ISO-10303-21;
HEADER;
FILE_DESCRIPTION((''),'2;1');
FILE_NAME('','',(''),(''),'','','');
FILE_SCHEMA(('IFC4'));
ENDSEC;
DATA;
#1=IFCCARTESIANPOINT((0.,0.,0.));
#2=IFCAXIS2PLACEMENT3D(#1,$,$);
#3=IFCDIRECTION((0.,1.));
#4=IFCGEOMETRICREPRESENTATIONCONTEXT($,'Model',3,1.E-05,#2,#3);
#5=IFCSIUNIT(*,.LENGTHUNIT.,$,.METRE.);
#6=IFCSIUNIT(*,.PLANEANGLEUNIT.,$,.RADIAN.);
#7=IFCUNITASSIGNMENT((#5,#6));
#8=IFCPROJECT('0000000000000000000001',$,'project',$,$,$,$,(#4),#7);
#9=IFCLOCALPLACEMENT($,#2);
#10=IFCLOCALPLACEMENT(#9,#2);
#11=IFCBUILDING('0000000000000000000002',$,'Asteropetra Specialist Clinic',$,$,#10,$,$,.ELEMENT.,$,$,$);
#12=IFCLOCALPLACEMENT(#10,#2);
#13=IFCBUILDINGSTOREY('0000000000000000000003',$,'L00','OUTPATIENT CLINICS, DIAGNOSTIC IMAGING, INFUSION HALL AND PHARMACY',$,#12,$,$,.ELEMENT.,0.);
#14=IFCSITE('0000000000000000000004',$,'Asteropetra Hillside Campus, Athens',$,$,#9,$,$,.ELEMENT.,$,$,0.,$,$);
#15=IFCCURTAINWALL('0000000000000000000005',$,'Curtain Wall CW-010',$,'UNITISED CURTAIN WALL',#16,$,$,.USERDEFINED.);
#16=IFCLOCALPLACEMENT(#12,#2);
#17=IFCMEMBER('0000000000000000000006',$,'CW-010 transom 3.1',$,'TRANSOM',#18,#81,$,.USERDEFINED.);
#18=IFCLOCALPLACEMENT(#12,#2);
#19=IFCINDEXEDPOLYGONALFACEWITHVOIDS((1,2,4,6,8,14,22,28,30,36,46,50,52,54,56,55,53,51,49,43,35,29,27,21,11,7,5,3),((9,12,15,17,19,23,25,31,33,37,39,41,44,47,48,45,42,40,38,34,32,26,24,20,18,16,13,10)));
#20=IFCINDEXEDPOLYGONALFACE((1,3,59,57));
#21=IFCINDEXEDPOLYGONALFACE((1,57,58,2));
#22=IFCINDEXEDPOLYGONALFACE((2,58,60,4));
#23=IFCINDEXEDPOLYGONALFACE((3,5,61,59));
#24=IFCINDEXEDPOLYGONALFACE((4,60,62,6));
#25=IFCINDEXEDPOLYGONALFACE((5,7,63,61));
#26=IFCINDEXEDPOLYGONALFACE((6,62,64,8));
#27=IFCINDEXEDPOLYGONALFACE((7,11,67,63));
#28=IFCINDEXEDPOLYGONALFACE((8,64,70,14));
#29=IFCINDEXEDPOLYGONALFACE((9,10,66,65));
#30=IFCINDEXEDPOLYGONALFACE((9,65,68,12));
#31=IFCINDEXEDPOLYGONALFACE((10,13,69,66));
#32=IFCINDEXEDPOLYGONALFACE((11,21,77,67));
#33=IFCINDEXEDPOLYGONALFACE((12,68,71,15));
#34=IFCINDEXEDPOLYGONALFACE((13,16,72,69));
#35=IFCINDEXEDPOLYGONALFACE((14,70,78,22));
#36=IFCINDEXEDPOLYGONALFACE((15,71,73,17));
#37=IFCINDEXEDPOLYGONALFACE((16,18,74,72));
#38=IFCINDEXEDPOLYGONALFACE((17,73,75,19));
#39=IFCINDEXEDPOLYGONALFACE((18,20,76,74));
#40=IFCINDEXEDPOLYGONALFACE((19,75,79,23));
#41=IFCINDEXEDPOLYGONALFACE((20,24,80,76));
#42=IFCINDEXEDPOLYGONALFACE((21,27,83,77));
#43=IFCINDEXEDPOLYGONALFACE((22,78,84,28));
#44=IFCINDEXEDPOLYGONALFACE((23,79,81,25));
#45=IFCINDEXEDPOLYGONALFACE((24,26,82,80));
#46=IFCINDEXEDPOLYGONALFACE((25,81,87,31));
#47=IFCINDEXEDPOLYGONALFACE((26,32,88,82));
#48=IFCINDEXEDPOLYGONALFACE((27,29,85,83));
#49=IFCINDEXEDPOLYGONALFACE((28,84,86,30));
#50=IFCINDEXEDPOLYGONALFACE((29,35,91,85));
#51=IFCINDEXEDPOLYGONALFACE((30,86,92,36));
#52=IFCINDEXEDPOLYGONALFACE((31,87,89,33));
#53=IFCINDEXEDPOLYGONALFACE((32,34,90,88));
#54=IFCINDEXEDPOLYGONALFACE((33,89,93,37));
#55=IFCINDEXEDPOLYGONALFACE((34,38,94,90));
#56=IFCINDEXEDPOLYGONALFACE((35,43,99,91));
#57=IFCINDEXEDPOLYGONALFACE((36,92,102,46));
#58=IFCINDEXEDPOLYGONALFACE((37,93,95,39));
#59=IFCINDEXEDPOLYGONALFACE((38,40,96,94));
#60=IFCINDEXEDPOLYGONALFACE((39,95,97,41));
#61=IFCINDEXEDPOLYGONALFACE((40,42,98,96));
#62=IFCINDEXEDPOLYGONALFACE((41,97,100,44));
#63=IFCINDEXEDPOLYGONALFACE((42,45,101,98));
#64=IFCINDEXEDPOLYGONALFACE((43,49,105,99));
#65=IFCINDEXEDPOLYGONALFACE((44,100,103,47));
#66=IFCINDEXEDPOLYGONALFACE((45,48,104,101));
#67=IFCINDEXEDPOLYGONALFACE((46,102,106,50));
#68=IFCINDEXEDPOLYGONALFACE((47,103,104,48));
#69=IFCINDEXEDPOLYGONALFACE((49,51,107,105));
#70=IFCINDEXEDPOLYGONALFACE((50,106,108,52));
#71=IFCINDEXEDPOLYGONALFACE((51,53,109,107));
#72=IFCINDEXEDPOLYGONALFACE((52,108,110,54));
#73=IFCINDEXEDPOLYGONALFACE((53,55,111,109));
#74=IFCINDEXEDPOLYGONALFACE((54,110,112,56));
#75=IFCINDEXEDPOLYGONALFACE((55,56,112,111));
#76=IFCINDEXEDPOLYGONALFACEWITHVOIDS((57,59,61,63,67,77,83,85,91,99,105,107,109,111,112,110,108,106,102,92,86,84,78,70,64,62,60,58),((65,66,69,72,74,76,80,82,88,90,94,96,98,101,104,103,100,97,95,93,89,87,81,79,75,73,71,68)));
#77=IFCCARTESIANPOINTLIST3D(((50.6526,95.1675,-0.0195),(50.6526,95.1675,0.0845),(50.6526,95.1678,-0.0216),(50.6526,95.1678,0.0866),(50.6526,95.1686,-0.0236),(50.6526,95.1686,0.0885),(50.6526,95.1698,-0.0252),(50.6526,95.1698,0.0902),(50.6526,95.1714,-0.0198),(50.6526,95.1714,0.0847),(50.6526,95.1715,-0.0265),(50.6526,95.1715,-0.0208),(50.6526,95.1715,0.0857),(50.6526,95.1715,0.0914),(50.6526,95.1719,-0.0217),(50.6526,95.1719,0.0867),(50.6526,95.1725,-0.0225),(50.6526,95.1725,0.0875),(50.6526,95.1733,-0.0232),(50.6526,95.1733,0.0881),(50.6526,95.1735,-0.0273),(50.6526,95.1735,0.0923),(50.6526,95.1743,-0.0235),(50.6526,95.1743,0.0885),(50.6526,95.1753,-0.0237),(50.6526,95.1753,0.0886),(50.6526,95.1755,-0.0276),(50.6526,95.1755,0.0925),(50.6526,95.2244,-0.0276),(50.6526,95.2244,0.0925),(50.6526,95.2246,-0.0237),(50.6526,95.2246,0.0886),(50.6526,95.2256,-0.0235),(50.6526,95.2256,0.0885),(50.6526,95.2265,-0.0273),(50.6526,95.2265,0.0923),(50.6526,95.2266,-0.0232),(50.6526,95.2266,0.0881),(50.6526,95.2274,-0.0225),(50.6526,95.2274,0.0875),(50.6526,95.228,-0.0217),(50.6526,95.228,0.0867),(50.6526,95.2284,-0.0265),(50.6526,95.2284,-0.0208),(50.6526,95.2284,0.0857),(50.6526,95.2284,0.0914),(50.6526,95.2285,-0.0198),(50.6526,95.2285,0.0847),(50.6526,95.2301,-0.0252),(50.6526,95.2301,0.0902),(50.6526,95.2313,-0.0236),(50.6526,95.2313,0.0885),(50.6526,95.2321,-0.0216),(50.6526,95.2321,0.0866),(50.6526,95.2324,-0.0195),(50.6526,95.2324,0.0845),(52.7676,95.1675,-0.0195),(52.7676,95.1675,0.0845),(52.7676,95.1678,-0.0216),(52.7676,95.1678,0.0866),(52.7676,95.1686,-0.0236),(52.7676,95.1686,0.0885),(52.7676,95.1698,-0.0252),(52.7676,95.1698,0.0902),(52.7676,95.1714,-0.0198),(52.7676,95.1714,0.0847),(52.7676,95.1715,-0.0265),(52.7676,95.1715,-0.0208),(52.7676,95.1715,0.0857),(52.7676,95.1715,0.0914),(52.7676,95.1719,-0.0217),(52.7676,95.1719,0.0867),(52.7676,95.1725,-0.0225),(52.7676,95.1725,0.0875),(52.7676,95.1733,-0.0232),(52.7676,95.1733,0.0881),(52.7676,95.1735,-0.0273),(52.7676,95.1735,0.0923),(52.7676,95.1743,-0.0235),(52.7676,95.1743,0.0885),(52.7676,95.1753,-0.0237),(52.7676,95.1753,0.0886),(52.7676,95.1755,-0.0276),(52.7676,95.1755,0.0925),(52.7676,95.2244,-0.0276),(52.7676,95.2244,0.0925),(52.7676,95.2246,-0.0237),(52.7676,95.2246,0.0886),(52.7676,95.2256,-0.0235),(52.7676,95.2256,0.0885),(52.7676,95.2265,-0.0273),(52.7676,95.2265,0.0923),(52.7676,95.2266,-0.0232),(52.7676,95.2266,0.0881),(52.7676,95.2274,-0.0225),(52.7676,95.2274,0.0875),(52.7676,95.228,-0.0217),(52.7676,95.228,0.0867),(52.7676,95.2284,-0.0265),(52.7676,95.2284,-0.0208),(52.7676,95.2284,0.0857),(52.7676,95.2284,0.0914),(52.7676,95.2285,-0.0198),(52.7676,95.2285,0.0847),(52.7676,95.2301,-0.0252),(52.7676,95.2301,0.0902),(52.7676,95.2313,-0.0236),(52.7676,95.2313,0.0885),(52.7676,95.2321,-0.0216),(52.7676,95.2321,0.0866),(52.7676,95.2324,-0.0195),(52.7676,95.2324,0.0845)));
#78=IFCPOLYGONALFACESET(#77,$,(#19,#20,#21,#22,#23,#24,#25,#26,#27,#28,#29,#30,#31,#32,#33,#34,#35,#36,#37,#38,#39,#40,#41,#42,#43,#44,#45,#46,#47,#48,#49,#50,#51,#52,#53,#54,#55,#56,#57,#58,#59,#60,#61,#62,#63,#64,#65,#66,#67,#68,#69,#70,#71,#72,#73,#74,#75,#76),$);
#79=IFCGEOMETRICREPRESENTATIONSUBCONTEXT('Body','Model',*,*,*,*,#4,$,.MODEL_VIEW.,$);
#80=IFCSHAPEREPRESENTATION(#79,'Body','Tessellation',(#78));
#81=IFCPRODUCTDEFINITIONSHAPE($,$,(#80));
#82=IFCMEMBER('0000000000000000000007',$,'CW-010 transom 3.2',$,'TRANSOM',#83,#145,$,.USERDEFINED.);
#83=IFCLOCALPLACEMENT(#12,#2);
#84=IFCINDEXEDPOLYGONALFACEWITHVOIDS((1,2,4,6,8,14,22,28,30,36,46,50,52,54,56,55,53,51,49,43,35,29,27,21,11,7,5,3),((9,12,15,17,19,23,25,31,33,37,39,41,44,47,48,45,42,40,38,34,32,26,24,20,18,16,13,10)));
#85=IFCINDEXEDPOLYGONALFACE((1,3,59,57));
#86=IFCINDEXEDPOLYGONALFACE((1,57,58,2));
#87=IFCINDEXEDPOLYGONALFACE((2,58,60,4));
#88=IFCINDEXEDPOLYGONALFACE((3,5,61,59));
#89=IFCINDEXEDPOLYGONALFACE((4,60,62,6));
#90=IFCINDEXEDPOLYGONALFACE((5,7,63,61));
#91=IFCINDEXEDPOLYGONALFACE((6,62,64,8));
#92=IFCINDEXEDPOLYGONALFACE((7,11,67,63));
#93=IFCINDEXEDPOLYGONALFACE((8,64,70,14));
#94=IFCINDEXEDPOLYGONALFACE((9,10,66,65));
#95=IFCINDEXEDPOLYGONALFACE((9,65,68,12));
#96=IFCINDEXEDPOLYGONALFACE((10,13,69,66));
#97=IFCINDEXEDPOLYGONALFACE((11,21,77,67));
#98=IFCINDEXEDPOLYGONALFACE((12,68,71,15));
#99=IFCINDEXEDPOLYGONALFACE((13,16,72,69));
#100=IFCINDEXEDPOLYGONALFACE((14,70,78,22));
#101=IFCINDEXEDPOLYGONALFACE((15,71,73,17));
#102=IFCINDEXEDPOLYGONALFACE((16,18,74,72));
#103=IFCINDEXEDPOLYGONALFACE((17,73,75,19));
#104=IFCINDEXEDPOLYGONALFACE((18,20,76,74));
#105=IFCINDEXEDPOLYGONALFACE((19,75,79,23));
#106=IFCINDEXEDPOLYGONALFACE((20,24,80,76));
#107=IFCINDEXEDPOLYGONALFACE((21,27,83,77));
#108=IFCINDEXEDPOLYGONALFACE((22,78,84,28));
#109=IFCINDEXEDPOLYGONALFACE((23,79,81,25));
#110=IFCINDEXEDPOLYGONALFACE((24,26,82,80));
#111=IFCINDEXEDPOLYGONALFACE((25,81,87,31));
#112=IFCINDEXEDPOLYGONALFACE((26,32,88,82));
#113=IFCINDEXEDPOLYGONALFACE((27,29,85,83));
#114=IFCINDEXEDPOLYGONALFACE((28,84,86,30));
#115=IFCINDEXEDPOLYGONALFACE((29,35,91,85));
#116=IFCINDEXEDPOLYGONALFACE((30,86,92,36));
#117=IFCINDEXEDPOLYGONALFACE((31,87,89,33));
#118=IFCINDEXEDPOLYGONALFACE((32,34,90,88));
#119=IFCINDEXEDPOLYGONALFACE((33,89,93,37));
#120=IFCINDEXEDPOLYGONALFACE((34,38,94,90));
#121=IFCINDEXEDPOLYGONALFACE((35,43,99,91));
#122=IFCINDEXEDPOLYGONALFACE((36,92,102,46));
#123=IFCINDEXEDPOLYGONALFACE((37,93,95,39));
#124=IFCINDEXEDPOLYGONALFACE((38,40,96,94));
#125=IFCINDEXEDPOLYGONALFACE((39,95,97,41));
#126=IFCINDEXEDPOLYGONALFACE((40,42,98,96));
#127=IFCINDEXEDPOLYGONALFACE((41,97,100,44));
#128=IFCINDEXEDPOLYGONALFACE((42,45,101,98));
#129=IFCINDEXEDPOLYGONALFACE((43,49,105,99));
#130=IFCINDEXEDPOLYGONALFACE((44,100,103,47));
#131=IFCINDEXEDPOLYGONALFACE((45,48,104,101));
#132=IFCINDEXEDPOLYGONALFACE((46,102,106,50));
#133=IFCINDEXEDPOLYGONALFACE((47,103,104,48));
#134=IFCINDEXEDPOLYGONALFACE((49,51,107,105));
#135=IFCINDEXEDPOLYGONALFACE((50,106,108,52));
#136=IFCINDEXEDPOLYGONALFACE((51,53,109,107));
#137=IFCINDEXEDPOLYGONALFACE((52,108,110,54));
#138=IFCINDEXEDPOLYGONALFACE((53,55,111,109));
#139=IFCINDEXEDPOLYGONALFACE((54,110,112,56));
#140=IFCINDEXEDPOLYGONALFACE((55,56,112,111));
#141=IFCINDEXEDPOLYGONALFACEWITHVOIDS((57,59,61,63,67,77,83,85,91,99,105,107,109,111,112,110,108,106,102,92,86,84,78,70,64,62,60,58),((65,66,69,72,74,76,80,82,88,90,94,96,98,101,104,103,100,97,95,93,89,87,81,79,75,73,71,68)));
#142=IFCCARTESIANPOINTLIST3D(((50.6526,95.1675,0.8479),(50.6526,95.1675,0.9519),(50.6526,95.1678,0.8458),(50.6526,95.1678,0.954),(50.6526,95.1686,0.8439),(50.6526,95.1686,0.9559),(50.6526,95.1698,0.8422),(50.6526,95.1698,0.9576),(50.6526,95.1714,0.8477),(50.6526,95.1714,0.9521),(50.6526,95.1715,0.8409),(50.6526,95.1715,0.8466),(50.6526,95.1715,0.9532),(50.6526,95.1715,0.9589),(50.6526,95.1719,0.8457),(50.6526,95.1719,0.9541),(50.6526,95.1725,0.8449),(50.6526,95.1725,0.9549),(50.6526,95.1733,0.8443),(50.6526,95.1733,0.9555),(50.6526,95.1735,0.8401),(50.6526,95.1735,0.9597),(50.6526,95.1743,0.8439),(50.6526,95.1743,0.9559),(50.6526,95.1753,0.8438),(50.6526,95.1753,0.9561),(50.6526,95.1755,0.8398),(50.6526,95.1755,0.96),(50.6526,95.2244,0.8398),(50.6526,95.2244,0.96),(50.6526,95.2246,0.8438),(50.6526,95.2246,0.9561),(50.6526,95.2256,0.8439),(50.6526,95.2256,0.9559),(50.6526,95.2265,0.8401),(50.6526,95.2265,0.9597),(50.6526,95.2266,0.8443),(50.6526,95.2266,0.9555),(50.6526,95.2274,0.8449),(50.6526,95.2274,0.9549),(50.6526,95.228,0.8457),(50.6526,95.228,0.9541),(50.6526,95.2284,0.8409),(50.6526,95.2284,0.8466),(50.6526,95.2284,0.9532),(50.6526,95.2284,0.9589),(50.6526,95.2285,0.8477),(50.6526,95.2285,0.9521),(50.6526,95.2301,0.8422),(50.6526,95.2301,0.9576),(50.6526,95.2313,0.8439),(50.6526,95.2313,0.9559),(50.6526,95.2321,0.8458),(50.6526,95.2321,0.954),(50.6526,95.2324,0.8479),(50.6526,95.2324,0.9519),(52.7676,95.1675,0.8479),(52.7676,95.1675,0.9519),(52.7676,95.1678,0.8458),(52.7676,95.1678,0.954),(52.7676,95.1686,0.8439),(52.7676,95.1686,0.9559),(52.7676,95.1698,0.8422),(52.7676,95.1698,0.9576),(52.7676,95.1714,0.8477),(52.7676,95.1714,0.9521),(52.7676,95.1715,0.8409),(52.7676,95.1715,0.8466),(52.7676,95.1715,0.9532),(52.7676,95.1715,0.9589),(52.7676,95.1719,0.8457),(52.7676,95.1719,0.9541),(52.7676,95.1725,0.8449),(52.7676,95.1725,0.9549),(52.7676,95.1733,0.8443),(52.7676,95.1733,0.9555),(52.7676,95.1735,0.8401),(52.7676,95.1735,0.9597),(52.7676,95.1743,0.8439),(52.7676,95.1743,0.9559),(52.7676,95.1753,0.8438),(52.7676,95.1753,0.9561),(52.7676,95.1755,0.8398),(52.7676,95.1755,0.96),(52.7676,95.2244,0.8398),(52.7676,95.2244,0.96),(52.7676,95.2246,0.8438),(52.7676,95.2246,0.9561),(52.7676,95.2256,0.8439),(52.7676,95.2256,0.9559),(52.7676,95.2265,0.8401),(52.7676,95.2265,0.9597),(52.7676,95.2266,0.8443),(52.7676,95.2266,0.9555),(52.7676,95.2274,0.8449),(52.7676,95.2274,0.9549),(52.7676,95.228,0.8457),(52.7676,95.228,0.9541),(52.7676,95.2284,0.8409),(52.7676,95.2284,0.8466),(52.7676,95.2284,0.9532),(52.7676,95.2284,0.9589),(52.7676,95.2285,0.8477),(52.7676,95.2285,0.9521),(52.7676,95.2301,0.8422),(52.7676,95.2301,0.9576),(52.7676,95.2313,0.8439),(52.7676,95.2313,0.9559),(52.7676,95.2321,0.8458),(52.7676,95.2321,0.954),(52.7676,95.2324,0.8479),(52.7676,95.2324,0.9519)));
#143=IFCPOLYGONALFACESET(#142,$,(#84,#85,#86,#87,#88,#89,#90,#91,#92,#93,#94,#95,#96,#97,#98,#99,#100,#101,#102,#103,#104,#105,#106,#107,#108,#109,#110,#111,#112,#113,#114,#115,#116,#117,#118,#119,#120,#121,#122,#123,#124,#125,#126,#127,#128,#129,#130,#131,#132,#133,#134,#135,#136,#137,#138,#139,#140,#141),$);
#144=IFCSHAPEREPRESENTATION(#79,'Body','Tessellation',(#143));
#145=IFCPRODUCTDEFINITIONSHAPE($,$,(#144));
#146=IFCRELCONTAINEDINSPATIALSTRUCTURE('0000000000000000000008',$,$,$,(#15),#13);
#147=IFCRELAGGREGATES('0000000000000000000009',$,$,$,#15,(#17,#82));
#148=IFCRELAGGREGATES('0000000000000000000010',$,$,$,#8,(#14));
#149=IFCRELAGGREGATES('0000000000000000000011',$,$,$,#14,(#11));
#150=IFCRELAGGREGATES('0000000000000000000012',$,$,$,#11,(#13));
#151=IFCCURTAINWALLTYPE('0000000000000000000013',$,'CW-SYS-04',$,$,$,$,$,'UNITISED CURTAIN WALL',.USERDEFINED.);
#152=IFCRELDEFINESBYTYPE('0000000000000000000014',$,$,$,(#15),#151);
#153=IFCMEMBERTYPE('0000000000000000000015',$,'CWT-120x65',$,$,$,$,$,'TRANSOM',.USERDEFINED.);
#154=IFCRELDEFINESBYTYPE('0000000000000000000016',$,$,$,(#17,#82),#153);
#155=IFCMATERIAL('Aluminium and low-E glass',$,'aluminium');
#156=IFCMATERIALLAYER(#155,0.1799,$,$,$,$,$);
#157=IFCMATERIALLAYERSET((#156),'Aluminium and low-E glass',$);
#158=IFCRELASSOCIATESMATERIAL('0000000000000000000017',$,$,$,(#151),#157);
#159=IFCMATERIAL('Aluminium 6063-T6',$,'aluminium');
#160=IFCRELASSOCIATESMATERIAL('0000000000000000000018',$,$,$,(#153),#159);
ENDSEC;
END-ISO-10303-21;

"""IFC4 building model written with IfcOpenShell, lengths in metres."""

from ifc_helpers import new_model, si_unit, direction, frame, origin, origin_2d, place, context, subcontext, project, spatial, hollow_rectangle, extrude, material, layer, layer_set, material_profile, profile_set, type_object, element, aggregate, save


model = new_model("IFC4")

# Units and contexts
model_context = context("Model", 3, precision=1e-05, world=origin(), true_north=direction((0.0, 1.0)))
body_context = subcontext(model_context, "Body", "Model", "MODEL_VIEW")
ifc_project = project(units=[si_unit("LENGTHUNIT", "METRE"), si_unit("PLANEANGLEUNIT", "RADIAN")], contexts=[model_context])

# Site, building, storey
site_placement = place(None, origin())
site = spatial("IfcSite", under=ifc_project, at=site_placement, Name="Asteropetra Hillside Campus, Athens", CompositionType="ELEMENT", RefElevation=0.0)
building_placement = place(site_placement, origin())
building = spatial("IfcBuilding", under=site, at=building_placement, Name="Asteropetra Specialist Clinic", CompositionType="ELEMENT")
storey_placement = place(building_placement, origin())
storey = spatial("IfcBuildingStorey", under=building, at=storey_placement, Name="L00", Description="OUTPATIENT CLINICS, DIAGNOSTIC IMAGING, INFUSION HALL AND PHARMACY", CompositionType="ELEMENT", Elevation=0.0)

# Curtain wall, members
ifc_material_1 = material(Name="Aluminium and low-E glass", Category="aluminium")
ifc_layer_1 = layer(ifc_material_1, 0.1799)
ifc_layer_set_1 = layer_set([ifc_layer_1], Name="Aluminium and low-E glass")
curtain_wall_type = type_object("IfcCurtainWallType", Name="CW-SYS-04", ElementType="UNITISED CURTAIN WALL", PredefinedType="USERDEFINED", material=ifc_layer_set_1)
curtain_wall_placement = place(storey_placement, origin())
curtain_wall = element("IfcCurtainWall", 1, at=curtain_wall_placement, inside=storey, type_object=curtain_wall_type, Name="Curtain Wall CW-010", ObjectType="UNITISED CURTAIN WALL", PredefinedType="USERDEFINED")
ifc_material_2 = material(Name="Aluminium 6063-T6", Category="aluminium")
ifc_material_profile_1 = material_profile(ifc_material_2, hollow_rectangle(XDim=0.0649, YDim=0.1201, WallThickness=0.0039, InnerFilletRadius=0.0039, OuterFilletRadius=0.0081, at=origin_2d()), Name="TRN 120x65x4.0")
ifc_profile_set_1 = profile_set([ifc_material_profile_1], Name="Aluminium 6063-T6")
member_type_1 = type_object("IfcMemberType", Name="CWT-120x65", ElementType="TRANSOM", PredefinedType="USERDEFINED", material=ifc_profile_set_1)
member_1_placement = place(storey_placement, frame((52.7676, 95.2, 0.0325), z_axis=(-1.0, 0.0, 0.0), x_axis=(0.0, -1.0, 0.0)))
member_1 = element("IfcMember", 2, at=member_1_placement, type_object=member_type_1, Name="CW-010 transom 3.1", ObjectType="TRANSOM", PredefinedType="USERDEFINED", context=body_context, shape_type="SweptSolid", body=[
    extrude(hollow_rectangle(XDim=0.0649, YDim=0.1201, WallThickness=0.0039, InnerFilletRadius=0.0039, OuterFilletRadius=0.0081, at=origin_2d()), origin(), (0.0, 0.0, 1.0), 2.115),
])
member_2_placement = place(storey_placement, frame((52.7676, 95.2, 0.8999), z_axis=(-1.0, 0.0, 0.0), x_axis=(0.0, -1.0, 0.0)))
member_2 = element("IfcMember", 3, at=member_2_placement, type_object=member_type_1, Name="CW-010 transom 3.2", ObjectType="TRANSOM", PredefinedType="USERDEFINED", context=body_context, shape_type="SweptSolid", body=[
    extrude(hollow_rectangle(XDim=0.0649, YDim=0.1201, WallThickness=0.0039, InnerFilletRadius=0.0039, OuterFilletRadius=0.0081, at=origin_2d()), origin(), (0.0, 0.0, 1.0), 2.115),
])
aggregate(curtain_wall, [member_1, member_2])

save(model, "model.ifc")
